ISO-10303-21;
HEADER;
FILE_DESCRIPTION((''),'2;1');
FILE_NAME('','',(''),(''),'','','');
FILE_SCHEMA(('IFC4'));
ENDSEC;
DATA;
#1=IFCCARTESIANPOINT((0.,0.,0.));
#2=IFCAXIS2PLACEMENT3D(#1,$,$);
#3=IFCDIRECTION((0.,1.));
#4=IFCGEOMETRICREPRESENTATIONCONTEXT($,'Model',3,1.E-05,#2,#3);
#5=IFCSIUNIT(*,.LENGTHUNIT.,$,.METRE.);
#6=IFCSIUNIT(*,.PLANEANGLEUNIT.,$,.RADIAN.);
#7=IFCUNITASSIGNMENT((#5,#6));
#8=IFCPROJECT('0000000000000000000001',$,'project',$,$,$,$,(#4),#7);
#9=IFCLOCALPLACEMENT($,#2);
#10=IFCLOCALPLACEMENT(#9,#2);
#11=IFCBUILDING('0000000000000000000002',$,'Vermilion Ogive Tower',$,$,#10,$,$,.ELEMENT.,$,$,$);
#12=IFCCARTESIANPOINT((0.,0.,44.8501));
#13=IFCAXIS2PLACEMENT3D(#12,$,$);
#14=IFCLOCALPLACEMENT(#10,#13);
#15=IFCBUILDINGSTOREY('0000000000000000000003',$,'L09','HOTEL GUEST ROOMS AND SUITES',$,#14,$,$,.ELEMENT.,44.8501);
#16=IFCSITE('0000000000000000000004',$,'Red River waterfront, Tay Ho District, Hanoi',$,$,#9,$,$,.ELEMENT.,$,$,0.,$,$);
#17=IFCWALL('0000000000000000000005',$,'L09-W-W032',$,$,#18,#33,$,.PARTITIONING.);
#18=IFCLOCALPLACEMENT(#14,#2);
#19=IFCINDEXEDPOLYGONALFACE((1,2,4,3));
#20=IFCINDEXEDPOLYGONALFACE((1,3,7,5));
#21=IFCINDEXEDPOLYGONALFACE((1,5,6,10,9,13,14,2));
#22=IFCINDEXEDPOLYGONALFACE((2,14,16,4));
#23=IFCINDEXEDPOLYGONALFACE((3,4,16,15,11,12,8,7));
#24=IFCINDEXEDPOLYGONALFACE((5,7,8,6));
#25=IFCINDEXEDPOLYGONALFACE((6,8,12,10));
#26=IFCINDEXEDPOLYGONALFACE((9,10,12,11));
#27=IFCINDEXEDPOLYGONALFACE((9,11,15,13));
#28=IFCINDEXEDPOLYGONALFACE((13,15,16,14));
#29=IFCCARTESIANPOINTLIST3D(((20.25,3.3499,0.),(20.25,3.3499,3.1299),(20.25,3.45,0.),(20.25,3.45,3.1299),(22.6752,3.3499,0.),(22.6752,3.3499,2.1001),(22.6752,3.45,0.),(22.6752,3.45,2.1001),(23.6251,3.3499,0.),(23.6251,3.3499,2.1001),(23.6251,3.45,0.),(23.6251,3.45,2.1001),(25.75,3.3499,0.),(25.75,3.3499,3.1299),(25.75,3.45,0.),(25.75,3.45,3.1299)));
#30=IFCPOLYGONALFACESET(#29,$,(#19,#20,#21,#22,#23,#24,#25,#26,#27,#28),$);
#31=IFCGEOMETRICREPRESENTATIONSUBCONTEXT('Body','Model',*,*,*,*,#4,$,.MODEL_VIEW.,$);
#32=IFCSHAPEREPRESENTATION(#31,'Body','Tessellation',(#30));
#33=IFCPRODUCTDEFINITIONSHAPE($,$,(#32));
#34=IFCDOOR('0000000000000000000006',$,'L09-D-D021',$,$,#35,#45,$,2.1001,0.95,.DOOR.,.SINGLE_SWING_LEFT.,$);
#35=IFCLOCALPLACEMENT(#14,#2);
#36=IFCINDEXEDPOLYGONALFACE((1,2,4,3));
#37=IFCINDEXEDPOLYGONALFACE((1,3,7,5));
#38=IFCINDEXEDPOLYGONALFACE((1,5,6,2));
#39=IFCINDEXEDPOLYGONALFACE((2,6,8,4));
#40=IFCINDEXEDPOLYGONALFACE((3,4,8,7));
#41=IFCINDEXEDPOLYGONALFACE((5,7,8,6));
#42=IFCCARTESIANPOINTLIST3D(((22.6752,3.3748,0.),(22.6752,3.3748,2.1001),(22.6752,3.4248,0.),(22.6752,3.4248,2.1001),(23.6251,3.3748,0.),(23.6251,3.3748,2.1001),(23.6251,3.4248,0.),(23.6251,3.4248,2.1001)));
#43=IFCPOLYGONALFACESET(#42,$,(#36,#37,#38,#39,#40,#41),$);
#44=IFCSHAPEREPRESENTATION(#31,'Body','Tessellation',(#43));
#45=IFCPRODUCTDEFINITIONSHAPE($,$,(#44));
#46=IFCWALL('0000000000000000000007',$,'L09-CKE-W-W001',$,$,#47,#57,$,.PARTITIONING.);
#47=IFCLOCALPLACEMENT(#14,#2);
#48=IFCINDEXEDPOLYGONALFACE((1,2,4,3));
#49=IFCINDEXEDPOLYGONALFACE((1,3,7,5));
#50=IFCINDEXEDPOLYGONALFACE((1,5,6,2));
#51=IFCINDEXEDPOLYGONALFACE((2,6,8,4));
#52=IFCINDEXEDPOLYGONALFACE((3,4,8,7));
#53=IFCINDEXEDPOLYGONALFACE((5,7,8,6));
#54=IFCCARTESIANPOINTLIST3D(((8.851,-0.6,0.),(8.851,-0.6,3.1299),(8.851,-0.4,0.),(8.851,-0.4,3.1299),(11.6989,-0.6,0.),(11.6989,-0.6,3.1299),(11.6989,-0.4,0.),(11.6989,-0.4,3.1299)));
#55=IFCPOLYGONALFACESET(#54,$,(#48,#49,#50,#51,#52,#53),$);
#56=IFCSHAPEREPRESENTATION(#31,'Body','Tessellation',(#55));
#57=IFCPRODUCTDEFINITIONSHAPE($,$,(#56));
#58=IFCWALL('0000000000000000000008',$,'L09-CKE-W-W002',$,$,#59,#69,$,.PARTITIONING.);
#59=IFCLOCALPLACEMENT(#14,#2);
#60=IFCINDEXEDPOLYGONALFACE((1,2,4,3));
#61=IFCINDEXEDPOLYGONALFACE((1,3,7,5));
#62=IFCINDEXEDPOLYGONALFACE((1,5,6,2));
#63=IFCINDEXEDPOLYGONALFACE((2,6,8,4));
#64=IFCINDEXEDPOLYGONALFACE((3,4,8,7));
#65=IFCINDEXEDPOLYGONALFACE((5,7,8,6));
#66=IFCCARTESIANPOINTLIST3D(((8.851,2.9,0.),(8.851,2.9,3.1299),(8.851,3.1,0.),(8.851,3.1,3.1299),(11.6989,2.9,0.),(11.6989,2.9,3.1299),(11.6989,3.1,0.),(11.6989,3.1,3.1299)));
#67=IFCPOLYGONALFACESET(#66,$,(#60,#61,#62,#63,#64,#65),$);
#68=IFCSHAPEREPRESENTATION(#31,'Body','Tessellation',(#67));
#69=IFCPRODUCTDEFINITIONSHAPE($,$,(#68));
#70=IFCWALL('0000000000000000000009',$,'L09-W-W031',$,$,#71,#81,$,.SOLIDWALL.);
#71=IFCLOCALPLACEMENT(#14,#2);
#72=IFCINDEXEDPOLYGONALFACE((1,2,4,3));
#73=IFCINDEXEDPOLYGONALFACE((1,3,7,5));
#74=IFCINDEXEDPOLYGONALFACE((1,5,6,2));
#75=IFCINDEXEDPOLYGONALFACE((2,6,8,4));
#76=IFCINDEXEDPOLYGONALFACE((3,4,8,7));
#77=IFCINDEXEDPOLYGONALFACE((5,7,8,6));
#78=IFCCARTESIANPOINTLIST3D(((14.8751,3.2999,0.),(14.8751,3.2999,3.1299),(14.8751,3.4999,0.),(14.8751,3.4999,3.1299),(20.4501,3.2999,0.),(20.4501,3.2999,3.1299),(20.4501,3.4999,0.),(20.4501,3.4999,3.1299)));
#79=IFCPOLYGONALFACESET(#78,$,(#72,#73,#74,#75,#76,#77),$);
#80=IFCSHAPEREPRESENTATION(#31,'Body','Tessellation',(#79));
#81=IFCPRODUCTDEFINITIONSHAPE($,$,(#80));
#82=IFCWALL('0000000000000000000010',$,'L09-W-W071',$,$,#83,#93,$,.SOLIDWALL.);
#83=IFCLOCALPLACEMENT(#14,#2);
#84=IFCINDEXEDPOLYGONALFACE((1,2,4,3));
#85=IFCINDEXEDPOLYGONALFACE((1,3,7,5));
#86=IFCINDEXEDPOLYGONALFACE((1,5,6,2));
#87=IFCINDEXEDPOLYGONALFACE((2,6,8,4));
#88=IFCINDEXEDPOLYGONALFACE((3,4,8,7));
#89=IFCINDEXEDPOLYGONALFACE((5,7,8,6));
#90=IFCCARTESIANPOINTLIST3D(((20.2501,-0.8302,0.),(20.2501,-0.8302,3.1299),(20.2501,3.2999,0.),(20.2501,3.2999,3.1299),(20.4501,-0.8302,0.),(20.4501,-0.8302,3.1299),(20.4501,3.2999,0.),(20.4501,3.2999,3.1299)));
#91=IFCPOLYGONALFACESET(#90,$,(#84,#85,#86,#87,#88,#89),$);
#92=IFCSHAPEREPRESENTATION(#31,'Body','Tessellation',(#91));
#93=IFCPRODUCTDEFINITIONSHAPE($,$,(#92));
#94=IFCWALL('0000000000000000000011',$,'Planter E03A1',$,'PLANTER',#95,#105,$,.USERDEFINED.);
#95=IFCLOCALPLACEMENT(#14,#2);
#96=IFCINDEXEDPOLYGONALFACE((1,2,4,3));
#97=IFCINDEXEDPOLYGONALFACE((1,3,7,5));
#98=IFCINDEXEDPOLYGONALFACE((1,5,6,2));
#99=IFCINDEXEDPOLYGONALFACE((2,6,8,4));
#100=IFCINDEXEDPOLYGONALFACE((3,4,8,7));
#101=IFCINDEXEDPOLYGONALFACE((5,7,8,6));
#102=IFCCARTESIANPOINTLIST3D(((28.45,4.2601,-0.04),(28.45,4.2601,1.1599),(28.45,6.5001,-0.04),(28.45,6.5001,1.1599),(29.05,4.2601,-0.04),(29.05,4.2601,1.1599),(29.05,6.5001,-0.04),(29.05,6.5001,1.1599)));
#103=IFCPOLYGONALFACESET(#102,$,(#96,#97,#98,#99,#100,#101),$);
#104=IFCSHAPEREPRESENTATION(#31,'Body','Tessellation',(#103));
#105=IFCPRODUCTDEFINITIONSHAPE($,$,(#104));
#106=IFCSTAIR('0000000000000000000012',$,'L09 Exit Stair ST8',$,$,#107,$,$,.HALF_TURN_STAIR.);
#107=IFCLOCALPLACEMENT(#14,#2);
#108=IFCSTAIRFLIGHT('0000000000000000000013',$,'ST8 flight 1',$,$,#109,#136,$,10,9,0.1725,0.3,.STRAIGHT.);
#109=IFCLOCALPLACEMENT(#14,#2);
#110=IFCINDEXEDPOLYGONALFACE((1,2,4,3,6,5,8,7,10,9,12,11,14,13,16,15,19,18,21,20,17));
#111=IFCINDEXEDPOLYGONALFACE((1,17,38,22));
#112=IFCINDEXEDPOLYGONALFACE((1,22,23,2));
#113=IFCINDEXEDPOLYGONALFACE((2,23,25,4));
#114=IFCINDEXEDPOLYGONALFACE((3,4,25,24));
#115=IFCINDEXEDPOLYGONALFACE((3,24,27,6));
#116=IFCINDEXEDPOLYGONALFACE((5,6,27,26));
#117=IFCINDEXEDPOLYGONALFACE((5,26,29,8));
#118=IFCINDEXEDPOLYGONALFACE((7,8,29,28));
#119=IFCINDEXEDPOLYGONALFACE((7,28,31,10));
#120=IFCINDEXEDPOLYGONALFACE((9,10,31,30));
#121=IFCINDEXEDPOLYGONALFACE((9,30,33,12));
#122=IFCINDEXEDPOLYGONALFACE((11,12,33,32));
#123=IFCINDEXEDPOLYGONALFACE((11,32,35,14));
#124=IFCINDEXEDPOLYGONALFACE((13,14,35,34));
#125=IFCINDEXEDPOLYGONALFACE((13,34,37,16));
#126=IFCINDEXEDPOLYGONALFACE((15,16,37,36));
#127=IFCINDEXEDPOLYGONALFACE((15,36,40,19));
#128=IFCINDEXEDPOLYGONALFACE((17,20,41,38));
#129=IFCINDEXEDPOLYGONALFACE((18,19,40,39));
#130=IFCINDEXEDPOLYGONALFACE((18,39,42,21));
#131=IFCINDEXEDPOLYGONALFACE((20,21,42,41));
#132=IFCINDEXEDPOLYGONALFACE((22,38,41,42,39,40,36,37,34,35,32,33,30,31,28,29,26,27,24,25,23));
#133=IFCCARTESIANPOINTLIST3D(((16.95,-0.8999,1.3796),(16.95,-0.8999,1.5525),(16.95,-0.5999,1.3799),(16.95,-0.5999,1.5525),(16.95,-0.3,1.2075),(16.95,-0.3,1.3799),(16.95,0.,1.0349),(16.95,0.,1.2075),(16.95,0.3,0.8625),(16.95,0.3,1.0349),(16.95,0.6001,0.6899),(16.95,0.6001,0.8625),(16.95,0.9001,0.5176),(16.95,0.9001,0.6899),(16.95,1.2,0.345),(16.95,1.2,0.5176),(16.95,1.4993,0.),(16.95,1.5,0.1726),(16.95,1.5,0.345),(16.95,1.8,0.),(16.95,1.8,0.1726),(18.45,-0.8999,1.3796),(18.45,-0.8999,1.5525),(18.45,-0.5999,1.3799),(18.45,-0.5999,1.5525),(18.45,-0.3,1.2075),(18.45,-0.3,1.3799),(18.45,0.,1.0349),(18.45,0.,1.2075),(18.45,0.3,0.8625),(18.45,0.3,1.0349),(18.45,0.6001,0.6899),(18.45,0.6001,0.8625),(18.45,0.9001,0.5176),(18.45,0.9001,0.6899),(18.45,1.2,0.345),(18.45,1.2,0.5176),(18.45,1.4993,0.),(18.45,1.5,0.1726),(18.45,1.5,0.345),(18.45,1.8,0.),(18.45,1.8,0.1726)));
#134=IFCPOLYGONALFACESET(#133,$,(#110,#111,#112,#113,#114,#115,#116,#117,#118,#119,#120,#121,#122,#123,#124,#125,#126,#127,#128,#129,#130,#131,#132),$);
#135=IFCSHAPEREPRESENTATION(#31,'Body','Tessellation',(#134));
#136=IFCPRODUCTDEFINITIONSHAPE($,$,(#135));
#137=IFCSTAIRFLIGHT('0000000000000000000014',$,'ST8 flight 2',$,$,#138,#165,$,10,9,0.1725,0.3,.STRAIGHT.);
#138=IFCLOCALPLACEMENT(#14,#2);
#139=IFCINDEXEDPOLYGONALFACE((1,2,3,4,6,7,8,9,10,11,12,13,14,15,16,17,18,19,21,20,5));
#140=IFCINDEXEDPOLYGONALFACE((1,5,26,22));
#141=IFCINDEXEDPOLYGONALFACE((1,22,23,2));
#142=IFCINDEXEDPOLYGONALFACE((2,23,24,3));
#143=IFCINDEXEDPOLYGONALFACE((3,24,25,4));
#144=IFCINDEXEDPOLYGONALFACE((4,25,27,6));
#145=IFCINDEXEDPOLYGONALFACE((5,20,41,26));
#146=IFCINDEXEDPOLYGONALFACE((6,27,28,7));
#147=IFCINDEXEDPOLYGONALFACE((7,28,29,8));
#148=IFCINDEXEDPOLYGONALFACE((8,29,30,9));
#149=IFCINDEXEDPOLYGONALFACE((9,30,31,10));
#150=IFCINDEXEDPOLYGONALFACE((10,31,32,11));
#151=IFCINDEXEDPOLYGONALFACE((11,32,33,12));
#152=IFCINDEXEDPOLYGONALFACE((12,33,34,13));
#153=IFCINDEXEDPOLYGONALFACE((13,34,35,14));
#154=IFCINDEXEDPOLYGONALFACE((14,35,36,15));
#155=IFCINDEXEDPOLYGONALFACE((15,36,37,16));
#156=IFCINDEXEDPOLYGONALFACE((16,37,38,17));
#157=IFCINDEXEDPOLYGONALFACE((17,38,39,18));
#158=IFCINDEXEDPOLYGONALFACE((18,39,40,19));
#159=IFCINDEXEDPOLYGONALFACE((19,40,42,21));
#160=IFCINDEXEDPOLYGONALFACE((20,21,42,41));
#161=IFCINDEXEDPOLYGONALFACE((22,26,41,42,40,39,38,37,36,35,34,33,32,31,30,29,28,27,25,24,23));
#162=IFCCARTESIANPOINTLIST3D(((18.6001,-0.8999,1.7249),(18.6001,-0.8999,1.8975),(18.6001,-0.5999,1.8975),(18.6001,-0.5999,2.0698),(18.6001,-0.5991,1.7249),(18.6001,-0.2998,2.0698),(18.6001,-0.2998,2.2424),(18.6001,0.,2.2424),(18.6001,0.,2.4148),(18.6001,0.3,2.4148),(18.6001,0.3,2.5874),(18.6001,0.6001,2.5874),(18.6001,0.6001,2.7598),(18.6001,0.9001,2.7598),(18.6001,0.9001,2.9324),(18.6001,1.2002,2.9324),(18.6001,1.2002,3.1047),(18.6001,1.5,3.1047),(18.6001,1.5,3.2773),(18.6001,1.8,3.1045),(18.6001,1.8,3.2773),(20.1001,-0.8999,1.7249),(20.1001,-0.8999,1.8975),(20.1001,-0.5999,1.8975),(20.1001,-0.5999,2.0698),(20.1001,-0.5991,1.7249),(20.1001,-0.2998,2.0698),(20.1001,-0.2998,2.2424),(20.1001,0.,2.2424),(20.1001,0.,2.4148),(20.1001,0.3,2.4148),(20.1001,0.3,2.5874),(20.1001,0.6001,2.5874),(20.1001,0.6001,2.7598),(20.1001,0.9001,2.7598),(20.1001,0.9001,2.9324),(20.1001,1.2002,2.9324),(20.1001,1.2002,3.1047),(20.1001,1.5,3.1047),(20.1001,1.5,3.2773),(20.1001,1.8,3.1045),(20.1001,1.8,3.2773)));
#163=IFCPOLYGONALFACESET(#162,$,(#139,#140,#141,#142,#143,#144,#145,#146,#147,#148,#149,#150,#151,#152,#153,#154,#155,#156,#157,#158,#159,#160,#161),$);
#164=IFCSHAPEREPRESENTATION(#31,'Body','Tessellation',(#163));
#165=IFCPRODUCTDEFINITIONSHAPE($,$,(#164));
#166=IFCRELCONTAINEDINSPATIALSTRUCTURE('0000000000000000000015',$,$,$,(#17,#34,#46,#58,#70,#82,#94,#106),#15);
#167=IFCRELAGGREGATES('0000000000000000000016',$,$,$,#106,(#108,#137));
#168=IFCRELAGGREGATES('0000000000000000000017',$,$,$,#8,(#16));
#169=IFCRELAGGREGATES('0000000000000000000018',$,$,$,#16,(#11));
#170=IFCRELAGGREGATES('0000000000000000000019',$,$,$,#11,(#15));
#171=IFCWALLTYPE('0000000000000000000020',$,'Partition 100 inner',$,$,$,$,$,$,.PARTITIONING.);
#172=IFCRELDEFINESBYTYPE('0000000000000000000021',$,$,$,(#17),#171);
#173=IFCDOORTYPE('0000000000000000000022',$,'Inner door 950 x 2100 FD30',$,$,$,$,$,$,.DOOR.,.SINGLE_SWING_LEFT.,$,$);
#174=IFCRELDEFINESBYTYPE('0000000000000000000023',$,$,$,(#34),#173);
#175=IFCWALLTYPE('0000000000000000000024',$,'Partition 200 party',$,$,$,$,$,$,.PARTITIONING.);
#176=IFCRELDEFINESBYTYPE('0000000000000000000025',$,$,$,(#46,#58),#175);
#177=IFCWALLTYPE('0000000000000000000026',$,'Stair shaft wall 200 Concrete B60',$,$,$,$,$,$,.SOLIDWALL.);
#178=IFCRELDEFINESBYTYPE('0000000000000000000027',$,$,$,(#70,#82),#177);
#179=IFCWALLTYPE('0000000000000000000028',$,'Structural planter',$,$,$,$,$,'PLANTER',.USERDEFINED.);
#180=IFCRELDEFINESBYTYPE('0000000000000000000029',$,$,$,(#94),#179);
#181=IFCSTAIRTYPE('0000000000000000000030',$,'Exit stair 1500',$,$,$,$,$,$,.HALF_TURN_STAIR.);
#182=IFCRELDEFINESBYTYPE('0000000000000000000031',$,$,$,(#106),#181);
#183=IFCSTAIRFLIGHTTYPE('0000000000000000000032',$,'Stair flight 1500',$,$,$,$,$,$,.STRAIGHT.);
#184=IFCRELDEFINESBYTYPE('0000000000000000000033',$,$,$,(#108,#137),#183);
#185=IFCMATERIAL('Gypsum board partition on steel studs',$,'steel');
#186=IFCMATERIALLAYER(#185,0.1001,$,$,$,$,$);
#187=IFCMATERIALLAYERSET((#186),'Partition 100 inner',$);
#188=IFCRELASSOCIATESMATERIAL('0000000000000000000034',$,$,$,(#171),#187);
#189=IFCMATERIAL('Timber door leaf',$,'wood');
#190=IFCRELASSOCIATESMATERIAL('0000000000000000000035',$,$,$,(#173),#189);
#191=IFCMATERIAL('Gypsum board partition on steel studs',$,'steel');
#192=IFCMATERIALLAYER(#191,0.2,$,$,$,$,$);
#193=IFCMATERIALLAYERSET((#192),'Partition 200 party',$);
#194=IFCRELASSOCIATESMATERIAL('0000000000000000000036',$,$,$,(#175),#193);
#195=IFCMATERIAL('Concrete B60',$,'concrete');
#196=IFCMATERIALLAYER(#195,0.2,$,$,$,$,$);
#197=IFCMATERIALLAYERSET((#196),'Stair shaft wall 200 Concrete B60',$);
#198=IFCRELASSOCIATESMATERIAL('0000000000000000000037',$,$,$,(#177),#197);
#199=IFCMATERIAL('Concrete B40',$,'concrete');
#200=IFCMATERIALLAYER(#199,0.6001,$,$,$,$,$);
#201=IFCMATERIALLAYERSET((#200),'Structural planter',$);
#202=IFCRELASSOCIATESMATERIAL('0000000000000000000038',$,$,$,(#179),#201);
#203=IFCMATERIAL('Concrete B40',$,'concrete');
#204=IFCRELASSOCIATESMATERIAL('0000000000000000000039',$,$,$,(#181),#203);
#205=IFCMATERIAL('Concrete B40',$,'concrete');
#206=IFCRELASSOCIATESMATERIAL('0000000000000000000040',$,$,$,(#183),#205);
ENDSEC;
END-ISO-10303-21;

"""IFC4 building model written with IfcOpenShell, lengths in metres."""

from ifc_helpers import new_model, si_unit, direction, frame, frame_2d, origin, place, context, subcontext, project, spatial, polyline, rectangle, outline, extrude, material, layer, layer_set, type_object, element, fill, aggregate, save


model = new_model("IFC4")

# Units and contexts
model_context = context("Model", 3, precision=1e-05, world=origin(), true_north=direction((0.0, 1.0)))
body_context = subcontext(model_context, "Body", "Model", "MODEL_VIEW")
ifc_project = project(units=[si_unit("LENGTHUNIT", "METRE"), si_unit("PLANEANGLEUNIT", "RADIAN")], contexts=[model_context])

# Site, building, storey
site_placement = place(None, origin())
site = spatial("IfcSite", under=ifc_project, at=site_placement, Name="Red River waterfront, Tay Ho District, Hanoi", CompositionType="ELEMENT", RefElevation=0.0)
building_placement = place(site_placement, origin())
building = spatial("IfcBuilding", under=site, at=building_placement, Name="Vermilion Ogive Tower", CompositionType="ELEMENT")
storey_placement = place(building_placement, frame((0.0, 0.0, 44.8501)))
storey = spatial("IfcBuildingStorey", under=building, at=storey_placement, Name="L09", Description="HOTEL GUEST ROOMS AND SUITES", CompositionType="ELEMENT", Elevation=44.8501)

# Wall, opening, door
ifc_material_1 = material(Name="Gypsum board partition on steel studs", Category="steel")
ifc_layer_1 = layer(ifc_material_1, 0.1001)
ifc_layer_set_1 = layer_set([ifc_layer_1], Name="Partition 100 inner")
wall_type_1 = type_object("IfcWallType", Name="Partition 100 inner", PredefinedType="PARTITIONING", material=ifc_layer_set_1)
wall_1_placement = place(storey_placement, frame((20.25, 3.3999, 0.0), z_axis=(0.0, 0.0, 1.0), x_axis=(1.0, 0.0, 0.0)))
wall_1 = element("IfcWall", 1, at=wall_1_placement, inside=storey, type_object=wall_type_1, Name="L09-W-W032", PredefinedType="PARTITIONING", context=body_context, shape_type="SweptSolid", body=[
    extrude(rectangle(XDim=5.5, YDim=0.1001, at=frame_2d((2.75, 0.0))), origin(), (0.0, 0.0, 1.0), 3.1299),
])
opening_1_placement = place(wall_1_placement, frame((2.425, 0.0, 0.0)))
opening_1 = element("IfcOpeningElement", 2, at=opening_1_placement, cuts=wall_1, PredefinedType="OPENING", context=body_context, shape_type="SweptSolid", body=[
    extrude(rectangle(XDim=0.95, YDim=2.1001, at=frame_2d((0.4751, 1.05))), frame((0.0, 0.0601, 0.0), z_axis=(0.0, -1.0, 0.0), x_axis=(1.0, 0.0, 0.0)), (0.0, 0.0, 1.0), 0.1201),
])
ifc_material_2 = material(Name="Timber door leaf", Category="wood")
door_type_1 = type_object("IfcDoorType", Name="Inner door 950 x 2100 FD30", OperationType="SINGLE_SWING_LEFT", PredefinedType="DOOR", material=ifc_material_2)
door_1_placement = place(opening_1_placement, origin())
door_1 = element("IfcDoor", 3, at=door_1_placement, inside=storey, type_object=door_type_1, Name="L09-D-D021", OperationType="SINGLE_SWING_LEFT", OverallHeight=2.1001, OverallWidth=0.95, PredefinedType="DOOR", context=body_context, shape_type="SweptSolid", body=[
    extrude(rectangle(XDim=0.95, YDim=2.1001, at=frame_2d((0.4751, 1.05))), frame((0.0, 0.0249, 0.0), z_axis=(0.0, -1.0, 0.0), x_axis=(1.0, 0.0, 0.0)), (0.0, 0.0, 1.0), 0.05),
])
fill(opening_1, door_1)

# Walls
ifc_material_3 = material(Name="Gypsum board partition on steel studs", Category="steel")
ifc_layer_2 = layer(ifc_material_3, 0.2)
ifc_layer_set_2 = layer_set([ifc_layer_2], Name="Partition 200 party")
wall_type_2 = type_object("IfcWallType", Name="Partition 200 party", PredefinedType="PARTITIONING", material=ifc_layer_set_2)
for number, where, z_axis, x_axis, name in (
    (4, (8.8511, -0.5, 0.0), (0.0, 0.0, 1.0), (1.0, 0.0, 0.0), "L09-CKE-W-W001"),
    (5, (8.8511, 3.0, 0.0), (0.0, 0.0, 1.0), (1.0, 0.0, 0.0), "L09-CKE-W-W002"),
):
    element("IfcWall", number, at=place(storey_placement, frame(where, z_axis=z_axis, x_axis=x_axis)), inside=storey, type_object=wall_type_2, Name=name, PredefinedType="PARTITIONING", context=body_context, shape_type="SweptSolid", body=[
        extrude(rectangle(XDim=2.8479, YDim=0.2, at=frame_2d((1.4238, 0.0))), origin(), (0.0, 0.0, 1.0), 3.1299),
    ])
ifc_material_4 = material(Name="Concrete B60", Category="concrete")
ifc_layer_3 = layer(ifc_material_4, 0.2)
ifc_layer_set_3 = layer_set([ifc_layer_3], Name="Stair shaft wall 200 Concrete B60")
wall_type_3 = type_object("IfcWallType", Name="Stair shaft wall 200 Concrete B60", PredefinedType="SOLIDWALL", material=ifc_layer_set_3)
wall_2_placement = place(storey_placement, frame((14.875, 3.3999, 0.0), z_axis=(0.0, 0.0, 1.0), x_axis=(1.0, 0.0, 0.0)))
element("IfcWall", 6, at=wall_2_placement, inside=storey, type_object=wall_type_3, Name="L09-W-W031", PredefinedType="SOLIDWALL", context=body_context, shape_type="SweptSolid", body=[
    extrude(rectangle(XDim=5.575, YDim=0.2, at=frame_2d((2.7876, 0.0))), origin(), (0.0, 0.0, 1.0), 3.1299),
])
wall_3_placement = place(storey_placement, frame((20.3501, -0.8301, 0.0), z_axis=(0.0, 0.0, 1.0), x_axis=(0.0, 1.0, 0.0)))
element("IfcWall", 7, at=wall_3_placement, inside=storey, type_object=wall_type_3, Name="L09-W-W071", PredefinedType="SOLIDWALL", context=body_context, shape_type="SweptSolid", body=[
    extrude(rectangle(XDim=4.1301, YDim=0.2, at=frame_2d((2.0649, 0.0))), origin(), (0.0, 0.0, 1.0), 3.1299),
])
ifc_material_5 = material(Name="Concrete B40", Category="concrete")
ifc_layer_4 = layer(ifc_material_5, 0.6001)
ifc_layer_set_4 = layer_set([ifc_layer_4], Name="Structural planter")
wall_type_4 = type_object("IfcWallType", Name="Structural planter", ElementType="PLANTER", PredefinedType="USERDEFINED", material=ifc_layer_set_4)
wall_4_placement = place(storey_placement, frame((28.75, 4.26, -0.04), z_axis=(0.0, 0.0, 1.0), x_axis=(0.0, 1.0, 0.0)))
element("IfcWall", 8, at=wall_4_placement, inside=storey, type_object=wall_type_4, Name="Planter E03A1", ObjectType="PLANTER", PredefinedType="USERDEFINED", context=body_context, shape_type="SweptSolid", body=[
    extrude(rectangle(XDim=2.24, YDim=0.6001, at=frame_2d((1.1201, 0.0))), origin(), (0.0, 0.0, 1.0), 1.2),
])

# Stair, stair flights
ifc_material_6 = material(Name="Concrete B40", Category="concrete")
stair_type = type_object("IfcStairType", Name="Exit stair 1500", PredefinedType="HALF_TURN_STAIR", material=ifc_material_6)
stair_placement = place(storey_placement, origin())
stair = element("IfcStair", 9, at=stair_placement, inside=storey, type_object=stair_type, Name="L09 Exit Stair ST8", PredefinedType="HALF_TURN_STAIR")
ifc_material_7 = material(Name="Concrete B40", Category="concrete")
stair_flight_type = type_object("IfcStairFlightType", Name="Stair flight 1500", PredefinedType="STRAIGHT", material=ifc_material_7)
stair_flight_1_placement = place(storey_placement, frame((17.7, 1.8, 0.0), z_axis=(0.0, 0.0, 1.0), x_axis=(0.0, -1.0, 0.0)))
stair_flight_1 = element("IfcStairFlight", 10, at=stair_flight_1_placement, type_object=stair_flight_type, Name="ST8 flight 1", NumberOfRisers=10, NumberOfTreads=9, PredefinedType="STRAIGHT", RiserHeight=0.1725, TreadLength=0.3, context=body_context, shape_type="SweptSolid", body=[
    extrude(outline(polyline([(0.0, 0.0), (0.0, 0.1726), (0.3, 0.1726), (0.3, 0.345), (0.6001, 0.345), (0.6001, 0.5176), (0.8999, 0.5176), (0.8999, 0.6899), (1.2, 0.6899), (1.2, 0.8625), (1.5, 0.8625), (1.5, 1.0349), (1.8, 1.0349), (1.8, 1.2075), (2.1001, 1.2075), (2.1001, 1.3799), (2.3999, 1.3799), (2.3999, 1.5525), (2.7, 1.5525), (2.7, 1.7251), (2.7, 1.3796), (0.3008, 0.0), (0.0, 0.0)])), frame((0.0, 0.75, 0.0), z_axis=(0.0, -1.0, 0.0), x_axis=(1.0, 0.0, 0.0)), (0.0, 0.0, 1.0), 1.5),
])
stair_flight_2_placement = place(storey_placement, frame((19.3501, -0.8999, 1.7249), z_axis=(0.0, 0.0, 1.0), x_axis=(0.0, 1.0, 0.0)))
stair_flight_2 = element("IfcStairFlight", 11, at=stair_flight_2_placement, type_object=stair_flight_type, Name="ST8 flight 2", NumberOfRisers=10, NumberOfTreads=9, PredefinedType="STRAIGHT", RiserHeight=0.1725, TreadLength=0.3, context=body_context, shape_type="SweptSolid", body=[
    extrude(outline(polyline([(0.0, 0.0), (0.0, 0.1726), (0.3, 0.1726), (0.3, 0.345), (0.6001, 0.345), (0.6001, 0.5176), (0.8999, 0.5176), (0.8999, 0.6899), (1.2, 0.6899), (1.2, 0.8625), (1.5, 0.8625), (1.5, 1.0349), (1.8, 1.0349), (1.8, 1.2075), (2.1001, 1.2075), (2.1001, 1.3799), (2.3999, 1.3799), (2.3999, 1.5525), (2.7, 1.5525), (2.7, 1.7251), (2.7, 1.3796), (0.3008, 0.0), (0.0, 0.0)])), frame((0.0, 0.75, 0.0), z_axis=(0.0, -1.0, 0.0), x_axis=(1.0, 0.0, 0.0)), (0.0, 0.0, 1.0), 1.5),
])
aggregate(stair, [stair_flight_1, stair_flight_2])

save(model, "model.ifc")
